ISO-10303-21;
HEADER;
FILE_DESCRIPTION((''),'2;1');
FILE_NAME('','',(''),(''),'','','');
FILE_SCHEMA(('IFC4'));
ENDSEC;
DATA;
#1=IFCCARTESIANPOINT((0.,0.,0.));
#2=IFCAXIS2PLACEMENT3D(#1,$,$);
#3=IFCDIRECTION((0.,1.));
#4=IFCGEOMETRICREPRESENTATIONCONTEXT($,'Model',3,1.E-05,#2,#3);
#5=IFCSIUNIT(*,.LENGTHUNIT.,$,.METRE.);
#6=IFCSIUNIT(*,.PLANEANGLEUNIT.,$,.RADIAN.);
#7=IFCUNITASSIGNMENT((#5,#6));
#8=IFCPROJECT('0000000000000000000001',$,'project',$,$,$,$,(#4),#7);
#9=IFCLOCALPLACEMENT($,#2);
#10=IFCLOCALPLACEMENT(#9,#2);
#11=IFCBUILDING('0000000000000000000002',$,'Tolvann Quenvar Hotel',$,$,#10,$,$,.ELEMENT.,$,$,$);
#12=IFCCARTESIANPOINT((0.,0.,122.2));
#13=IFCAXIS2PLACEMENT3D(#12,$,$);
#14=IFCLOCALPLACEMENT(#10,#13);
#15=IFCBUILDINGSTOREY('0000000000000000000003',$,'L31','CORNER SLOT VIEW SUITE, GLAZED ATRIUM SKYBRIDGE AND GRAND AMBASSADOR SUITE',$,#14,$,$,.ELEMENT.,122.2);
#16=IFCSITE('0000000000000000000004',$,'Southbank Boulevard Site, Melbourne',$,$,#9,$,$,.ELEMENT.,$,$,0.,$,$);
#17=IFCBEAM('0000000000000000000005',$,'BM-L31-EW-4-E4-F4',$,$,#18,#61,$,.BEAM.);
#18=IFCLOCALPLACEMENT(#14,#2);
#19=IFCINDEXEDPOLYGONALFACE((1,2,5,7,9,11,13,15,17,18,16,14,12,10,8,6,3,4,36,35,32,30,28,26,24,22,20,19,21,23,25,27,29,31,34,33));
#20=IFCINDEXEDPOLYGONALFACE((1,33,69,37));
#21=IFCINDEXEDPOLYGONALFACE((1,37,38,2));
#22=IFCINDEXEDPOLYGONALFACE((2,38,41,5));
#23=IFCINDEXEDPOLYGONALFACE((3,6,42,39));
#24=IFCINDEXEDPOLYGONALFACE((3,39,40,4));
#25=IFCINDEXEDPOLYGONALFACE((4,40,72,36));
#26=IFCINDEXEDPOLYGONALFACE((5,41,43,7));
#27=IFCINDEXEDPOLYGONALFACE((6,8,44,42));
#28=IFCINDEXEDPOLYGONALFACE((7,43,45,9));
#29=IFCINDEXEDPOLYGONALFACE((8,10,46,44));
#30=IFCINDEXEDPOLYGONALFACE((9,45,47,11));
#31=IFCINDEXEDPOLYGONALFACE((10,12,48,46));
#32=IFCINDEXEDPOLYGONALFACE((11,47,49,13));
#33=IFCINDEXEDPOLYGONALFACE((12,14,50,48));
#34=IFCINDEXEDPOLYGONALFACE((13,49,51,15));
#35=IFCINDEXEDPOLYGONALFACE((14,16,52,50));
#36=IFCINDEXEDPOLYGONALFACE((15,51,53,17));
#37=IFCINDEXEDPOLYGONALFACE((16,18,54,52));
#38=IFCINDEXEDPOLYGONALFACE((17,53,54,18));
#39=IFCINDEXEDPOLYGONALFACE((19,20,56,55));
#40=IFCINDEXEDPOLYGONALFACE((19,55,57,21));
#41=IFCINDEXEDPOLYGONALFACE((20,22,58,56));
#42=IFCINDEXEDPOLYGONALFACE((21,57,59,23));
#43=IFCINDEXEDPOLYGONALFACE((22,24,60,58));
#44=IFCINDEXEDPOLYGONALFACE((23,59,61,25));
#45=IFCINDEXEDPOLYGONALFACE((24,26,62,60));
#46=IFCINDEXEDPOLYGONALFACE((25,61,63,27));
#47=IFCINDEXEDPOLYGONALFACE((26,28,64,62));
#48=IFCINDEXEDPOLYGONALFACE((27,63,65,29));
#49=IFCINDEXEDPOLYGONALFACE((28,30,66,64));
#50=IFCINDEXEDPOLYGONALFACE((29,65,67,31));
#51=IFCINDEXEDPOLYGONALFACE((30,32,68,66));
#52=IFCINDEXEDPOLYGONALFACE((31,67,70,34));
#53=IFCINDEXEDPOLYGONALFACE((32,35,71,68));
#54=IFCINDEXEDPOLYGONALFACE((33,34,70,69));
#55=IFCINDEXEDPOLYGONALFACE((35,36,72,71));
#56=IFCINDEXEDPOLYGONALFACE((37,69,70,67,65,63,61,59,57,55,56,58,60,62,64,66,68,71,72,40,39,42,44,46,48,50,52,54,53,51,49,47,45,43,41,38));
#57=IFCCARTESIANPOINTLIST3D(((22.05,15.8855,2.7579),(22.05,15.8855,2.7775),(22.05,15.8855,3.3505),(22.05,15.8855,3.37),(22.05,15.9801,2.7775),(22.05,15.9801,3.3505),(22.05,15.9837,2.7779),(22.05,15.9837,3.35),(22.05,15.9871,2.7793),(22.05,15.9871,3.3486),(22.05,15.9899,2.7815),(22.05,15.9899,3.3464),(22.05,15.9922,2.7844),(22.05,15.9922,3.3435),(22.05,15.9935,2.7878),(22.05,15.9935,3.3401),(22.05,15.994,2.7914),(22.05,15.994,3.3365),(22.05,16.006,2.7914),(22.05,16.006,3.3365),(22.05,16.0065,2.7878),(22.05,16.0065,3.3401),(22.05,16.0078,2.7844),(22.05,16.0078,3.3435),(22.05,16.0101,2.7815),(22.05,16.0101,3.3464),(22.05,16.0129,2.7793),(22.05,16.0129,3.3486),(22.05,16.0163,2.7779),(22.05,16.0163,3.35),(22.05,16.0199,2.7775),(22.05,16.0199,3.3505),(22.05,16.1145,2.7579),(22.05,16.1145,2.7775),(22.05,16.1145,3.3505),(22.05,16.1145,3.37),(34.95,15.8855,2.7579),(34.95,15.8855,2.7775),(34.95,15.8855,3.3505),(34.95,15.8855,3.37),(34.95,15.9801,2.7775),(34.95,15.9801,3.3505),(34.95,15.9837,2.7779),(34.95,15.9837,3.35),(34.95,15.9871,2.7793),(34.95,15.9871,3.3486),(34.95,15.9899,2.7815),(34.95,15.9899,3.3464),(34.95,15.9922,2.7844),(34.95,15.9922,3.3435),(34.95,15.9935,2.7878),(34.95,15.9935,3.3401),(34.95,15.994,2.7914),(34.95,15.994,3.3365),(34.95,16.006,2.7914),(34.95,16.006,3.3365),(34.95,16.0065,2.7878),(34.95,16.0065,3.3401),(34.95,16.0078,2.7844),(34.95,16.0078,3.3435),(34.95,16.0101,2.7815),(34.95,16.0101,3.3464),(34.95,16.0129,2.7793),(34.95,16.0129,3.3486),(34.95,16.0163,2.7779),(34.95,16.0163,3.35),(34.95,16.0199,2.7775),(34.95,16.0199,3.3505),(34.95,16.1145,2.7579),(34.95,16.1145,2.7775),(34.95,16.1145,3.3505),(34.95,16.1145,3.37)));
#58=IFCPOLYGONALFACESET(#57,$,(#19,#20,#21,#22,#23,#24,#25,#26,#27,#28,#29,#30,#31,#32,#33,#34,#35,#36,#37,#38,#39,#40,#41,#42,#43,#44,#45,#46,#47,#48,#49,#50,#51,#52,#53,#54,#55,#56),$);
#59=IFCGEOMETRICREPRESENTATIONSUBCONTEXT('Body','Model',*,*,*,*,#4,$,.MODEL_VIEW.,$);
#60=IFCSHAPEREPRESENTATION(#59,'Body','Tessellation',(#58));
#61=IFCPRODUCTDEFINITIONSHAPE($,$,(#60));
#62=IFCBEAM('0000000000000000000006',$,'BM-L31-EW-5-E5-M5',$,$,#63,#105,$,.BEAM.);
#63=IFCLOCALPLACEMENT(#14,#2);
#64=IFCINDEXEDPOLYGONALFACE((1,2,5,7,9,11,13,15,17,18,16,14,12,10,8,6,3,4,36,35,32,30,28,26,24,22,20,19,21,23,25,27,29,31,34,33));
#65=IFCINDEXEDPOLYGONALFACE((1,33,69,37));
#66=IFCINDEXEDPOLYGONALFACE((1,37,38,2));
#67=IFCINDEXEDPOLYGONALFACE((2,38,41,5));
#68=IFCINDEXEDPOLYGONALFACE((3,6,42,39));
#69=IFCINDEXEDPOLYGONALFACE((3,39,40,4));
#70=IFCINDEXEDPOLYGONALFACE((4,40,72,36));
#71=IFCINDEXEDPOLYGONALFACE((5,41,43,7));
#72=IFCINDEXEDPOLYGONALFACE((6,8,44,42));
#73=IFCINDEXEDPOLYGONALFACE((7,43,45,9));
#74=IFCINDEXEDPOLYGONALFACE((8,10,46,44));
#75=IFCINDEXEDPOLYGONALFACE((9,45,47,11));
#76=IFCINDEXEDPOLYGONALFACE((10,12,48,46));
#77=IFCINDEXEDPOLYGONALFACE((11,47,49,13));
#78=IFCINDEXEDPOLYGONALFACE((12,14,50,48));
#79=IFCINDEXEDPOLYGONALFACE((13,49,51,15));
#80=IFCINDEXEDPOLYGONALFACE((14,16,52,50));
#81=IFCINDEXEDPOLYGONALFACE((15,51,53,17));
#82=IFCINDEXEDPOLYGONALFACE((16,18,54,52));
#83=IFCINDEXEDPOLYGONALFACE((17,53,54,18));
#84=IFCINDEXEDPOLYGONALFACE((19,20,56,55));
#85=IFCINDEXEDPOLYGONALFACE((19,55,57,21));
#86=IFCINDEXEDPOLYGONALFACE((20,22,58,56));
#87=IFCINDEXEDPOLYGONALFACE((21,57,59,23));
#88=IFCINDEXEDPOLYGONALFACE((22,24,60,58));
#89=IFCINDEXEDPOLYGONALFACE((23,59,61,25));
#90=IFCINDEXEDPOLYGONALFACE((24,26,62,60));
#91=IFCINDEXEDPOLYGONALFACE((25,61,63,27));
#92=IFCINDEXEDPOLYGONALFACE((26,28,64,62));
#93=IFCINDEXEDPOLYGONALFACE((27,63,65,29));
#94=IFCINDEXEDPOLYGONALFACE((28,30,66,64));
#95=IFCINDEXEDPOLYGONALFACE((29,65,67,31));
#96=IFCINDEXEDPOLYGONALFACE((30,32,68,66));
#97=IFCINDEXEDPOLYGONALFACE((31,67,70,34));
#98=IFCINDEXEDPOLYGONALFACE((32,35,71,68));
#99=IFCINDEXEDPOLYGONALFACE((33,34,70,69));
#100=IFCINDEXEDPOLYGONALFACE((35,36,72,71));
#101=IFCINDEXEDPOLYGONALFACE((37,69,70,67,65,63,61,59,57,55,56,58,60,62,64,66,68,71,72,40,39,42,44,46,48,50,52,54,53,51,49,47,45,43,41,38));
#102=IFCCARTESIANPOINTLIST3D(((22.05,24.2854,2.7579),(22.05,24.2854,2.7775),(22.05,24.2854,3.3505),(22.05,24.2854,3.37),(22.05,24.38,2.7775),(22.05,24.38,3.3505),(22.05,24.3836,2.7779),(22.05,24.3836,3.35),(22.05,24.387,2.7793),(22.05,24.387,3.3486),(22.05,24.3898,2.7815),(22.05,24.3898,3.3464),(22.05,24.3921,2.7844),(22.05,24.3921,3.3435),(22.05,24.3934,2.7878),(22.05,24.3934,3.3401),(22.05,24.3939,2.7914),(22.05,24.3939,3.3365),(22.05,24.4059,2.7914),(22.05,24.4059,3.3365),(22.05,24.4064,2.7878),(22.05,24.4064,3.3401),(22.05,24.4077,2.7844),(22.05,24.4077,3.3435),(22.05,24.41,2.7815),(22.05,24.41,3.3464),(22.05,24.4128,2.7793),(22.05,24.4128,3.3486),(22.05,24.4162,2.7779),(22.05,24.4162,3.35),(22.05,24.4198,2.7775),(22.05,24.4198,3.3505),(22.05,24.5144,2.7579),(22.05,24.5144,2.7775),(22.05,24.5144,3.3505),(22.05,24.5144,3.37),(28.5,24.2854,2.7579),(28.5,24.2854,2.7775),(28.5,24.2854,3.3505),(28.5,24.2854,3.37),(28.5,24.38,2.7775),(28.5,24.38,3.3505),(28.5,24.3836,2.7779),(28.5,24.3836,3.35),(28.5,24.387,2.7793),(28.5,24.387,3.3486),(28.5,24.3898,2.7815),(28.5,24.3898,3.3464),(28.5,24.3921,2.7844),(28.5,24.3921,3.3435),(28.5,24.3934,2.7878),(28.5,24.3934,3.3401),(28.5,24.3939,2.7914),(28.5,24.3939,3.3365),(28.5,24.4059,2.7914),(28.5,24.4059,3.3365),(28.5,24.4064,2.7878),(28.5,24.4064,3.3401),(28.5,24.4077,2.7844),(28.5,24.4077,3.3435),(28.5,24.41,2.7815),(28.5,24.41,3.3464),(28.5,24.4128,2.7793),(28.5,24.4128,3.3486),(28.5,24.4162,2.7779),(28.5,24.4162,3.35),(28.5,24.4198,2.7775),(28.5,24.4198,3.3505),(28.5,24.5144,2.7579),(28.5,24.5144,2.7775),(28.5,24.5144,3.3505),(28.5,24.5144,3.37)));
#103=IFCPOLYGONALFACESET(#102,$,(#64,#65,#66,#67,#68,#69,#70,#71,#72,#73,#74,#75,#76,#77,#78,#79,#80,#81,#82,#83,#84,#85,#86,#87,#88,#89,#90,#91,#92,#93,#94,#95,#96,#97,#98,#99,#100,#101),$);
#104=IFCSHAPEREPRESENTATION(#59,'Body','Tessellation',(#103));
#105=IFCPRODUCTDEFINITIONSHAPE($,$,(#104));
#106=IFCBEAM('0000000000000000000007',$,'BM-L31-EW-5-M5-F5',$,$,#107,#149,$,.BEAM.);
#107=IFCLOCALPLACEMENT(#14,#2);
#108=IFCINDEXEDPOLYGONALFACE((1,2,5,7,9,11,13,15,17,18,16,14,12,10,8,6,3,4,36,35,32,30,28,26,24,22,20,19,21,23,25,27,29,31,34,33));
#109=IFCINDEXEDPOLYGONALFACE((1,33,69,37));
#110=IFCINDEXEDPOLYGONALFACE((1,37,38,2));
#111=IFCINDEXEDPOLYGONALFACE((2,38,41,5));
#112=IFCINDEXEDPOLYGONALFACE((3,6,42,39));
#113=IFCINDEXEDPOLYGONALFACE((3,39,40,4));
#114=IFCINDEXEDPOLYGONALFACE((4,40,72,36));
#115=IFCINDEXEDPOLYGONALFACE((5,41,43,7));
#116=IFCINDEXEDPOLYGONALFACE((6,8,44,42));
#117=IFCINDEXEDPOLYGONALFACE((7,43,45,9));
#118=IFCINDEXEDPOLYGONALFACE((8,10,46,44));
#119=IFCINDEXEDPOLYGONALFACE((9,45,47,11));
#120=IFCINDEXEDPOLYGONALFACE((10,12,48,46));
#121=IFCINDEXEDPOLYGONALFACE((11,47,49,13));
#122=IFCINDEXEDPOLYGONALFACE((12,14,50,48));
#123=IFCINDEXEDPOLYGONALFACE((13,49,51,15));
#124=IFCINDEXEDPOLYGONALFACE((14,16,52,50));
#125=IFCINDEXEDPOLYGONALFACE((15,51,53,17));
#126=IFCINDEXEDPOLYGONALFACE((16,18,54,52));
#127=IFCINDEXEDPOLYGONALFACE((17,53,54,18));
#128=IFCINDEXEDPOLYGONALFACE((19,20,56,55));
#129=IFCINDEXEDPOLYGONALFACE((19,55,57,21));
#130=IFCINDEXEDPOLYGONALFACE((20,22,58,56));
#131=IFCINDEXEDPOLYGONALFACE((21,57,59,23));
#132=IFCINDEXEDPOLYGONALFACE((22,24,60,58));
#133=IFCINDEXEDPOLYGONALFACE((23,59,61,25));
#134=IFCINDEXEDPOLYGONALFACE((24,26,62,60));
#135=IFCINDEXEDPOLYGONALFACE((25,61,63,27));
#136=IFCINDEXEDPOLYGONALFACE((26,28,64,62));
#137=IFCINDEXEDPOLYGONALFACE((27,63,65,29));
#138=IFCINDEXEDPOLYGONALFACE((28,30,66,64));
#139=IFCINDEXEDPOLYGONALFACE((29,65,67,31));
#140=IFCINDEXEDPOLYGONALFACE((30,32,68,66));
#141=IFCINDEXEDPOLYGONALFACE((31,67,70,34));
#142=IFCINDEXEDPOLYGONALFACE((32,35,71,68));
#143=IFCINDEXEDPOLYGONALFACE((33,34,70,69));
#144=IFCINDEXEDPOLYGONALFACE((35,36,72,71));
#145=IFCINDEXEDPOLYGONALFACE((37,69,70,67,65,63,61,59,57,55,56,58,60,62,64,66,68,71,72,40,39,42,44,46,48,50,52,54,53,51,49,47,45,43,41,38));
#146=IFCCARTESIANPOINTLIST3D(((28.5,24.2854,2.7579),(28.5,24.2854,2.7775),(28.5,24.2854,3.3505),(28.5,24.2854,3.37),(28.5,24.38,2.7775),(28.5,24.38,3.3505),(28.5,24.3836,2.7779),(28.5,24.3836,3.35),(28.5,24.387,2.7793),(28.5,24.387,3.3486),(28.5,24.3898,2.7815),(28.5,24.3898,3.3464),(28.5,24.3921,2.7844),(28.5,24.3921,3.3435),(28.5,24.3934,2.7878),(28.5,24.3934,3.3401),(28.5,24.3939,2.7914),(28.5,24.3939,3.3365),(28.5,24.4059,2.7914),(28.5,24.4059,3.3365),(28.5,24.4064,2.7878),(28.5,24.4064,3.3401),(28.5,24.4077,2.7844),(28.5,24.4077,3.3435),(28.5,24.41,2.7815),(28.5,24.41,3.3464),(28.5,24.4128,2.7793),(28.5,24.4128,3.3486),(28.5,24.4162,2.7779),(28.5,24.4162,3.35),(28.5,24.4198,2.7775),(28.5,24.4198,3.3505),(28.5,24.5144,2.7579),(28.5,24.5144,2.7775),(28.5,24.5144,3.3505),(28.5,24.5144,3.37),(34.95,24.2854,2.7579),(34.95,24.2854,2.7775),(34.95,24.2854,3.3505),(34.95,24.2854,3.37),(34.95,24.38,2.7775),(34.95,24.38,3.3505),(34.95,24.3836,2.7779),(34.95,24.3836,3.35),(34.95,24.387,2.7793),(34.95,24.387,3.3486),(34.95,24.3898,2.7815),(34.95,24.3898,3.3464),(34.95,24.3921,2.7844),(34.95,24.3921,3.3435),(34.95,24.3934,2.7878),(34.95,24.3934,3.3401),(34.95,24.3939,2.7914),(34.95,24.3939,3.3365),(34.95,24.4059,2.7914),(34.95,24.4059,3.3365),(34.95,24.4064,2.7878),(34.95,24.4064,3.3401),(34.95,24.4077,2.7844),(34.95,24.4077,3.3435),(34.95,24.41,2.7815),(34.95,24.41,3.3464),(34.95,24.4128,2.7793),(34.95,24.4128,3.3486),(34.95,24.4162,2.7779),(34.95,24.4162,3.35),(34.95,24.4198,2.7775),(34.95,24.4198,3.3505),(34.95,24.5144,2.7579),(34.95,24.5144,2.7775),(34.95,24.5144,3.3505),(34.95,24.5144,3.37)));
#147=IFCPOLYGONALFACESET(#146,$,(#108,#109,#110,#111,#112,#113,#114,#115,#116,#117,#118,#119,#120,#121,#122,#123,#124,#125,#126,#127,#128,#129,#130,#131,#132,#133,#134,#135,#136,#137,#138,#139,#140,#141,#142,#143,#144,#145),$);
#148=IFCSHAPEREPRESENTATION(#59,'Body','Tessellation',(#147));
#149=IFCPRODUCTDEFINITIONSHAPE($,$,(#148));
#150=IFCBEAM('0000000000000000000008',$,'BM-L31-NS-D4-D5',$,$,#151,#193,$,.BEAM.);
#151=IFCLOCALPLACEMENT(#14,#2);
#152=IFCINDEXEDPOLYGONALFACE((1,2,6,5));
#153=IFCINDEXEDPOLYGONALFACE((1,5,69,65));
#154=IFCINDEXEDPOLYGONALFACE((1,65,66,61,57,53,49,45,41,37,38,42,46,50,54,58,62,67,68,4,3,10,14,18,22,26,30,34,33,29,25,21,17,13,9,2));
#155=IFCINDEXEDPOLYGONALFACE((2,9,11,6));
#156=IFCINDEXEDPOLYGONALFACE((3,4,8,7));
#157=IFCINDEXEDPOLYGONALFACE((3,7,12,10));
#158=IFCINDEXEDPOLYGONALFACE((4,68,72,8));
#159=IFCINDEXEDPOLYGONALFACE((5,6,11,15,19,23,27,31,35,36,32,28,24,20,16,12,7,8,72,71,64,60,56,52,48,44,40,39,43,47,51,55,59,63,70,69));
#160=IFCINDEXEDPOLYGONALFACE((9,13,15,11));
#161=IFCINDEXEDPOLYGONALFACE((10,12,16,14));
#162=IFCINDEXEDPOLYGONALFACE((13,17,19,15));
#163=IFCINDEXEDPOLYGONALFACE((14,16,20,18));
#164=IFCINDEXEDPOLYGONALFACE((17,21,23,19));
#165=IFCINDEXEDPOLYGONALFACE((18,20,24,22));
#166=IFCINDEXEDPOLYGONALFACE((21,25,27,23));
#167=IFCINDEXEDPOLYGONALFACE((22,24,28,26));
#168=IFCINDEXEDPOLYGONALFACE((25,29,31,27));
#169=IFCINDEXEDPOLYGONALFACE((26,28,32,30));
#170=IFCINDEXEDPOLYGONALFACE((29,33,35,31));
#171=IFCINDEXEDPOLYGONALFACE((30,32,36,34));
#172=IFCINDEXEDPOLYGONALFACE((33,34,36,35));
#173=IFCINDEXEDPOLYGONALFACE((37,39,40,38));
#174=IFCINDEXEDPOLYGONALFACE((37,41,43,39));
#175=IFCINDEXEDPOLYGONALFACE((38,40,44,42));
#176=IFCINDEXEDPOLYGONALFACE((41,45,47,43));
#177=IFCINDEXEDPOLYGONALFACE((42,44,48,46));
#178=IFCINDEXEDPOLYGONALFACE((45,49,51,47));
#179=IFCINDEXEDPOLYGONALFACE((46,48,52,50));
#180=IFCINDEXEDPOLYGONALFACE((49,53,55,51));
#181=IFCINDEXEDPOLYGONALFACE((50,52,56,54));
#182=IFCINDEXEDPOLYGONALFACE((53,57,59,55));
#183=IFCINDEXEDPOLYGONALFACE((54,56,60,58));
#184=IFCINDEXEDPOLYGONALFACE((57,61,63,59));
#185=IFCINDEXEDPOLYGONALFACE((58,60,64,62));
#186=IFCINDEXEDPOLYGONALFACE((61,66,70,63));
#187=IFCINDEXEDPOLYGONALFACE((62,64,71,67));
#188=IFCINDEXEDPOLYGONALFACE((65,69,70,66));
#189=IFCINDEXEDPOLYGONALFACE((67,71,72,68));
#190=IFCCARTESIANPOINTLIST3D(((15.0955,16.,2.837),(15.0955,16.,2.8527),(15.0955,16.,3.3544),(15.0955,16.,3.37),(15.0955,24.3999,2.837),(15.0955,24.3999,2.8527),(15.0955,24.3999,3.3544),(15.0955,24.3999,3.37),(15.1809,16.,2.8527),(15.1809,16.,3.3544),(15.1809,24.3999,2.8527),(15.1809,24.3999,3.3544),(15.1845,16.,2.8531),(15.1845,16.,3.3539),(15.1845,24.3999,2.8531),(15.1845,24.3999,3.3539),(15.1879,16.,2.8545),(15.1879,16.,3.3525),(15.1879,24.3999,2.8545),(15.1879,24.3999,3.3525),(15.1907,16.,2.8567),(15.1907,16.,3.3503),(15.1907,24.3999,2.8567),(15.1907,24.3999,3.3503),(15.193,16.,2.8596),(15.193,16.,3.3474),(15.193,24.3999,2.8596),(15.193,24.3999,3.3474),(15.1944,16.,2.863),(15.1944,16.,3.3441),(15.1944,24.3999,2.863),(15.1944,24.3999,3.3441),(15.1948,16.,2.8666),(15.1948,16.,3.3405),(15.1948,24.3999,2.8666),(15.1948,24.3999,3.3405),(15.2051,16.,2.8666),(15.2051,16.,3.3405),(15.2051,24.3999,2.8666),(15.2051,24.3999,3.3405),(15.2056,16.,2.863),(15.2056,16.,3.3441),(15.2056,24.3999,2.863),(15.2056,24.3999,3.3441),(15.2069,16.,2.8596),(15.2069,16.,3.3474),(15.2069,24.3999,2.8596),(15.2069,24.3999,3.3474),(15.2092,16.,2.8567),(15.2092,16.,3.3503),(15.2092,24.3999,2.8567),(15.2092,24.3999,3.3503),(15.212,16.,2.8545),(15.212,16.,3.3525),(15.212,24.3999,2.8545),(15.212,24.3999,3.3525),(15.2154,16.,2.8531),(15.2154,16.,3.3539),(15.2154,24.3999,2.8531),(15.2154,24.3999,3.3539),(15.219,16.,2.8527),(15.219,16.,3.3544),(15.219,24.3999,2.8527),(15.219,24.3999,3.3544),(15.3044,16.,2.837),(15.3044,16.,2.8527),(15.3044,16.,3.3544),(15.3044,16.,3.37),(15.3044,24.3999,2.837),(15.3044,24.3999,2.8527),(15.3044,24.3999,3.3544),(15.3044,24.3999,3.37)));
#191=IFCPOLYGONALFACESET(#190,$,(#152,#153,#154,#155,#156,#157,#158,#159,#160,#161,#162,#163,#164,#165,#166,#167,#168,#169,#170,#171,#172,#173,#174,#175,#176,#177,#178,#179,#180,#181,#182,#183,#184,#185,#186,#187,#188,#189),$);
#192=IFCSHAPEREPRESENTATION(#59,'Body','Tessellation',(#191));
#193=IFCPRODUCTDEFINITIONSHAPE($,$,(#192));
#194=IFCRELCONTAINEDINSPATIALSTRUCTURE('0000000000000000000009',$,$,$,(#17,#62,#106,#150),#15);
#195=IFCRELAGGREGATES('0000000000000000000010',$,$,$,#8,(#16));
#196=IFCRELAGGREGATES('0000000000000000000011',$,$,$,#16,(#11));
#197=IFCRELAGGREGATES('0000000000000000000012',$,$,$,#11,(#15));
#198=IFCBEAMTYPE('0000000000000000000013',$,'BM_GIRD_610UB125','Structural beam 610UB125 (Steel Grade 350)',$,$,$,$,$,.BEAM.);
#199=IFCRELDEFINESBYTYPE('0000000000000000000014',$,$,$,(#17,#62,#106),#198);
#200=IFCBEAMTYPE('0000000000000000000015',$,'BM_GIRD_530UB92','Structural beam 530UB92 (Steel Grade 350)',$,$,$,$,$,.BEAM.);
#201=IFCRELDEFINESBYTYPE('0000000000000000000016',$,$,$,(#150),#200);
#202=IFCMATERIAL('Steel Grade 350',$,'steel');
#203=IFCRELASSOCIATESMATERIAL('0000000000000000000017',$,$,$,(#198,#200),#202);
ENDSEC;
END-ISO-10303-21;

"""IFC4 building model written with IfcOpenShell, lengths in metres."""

from ifc_helpers import new_model, si_unit, direction, frame, origin, origin_2d, place, context, subcontext, project, spatial, i_section, extrude, source, transform, mapped, material, material_profile, profile_set, type_object, type_shapes, element, save


model = new_model("IFC4")

# Units and contexts
model_context = context("Model", 3, precision=1e-05, world=origin(), true_north=direction((0.0, 1.0)))
body_context = subcontext(model_context, "Body", "Model", "MODEL_VIEW")
ifc_project = project(units=[si_unit("LENGTHUNIT", "METRE"), si_unit("PLANEANGLEUNIT", "RADIAN")], contexts=[model_context])

# Site, building, storey
site_placement = place(None, origin())
site = spatial("IfcSite", under=ifc_project, at=site_placement, Name="Southbank Boulevard Site, Melbourne", CompositionType="ELEMENT", RefElevation=0.0)
building_placement = place(site_placement, origin())
building = spatial("IfcBuilding", under=site, at=building_placement, Name="Tolvann Quenvar Hotel", CompositionType="ELEMENT")
storey_placement = place(building_placement, frame((0.0, 0.0, 122.2)))
storey = spatial("IfcBuildingStorey", under=building, at=storey_placement, Name="L31", Description="CORNER SLOT VIEW SUITE, GLAZED ATRIUM SKYBRIDGE AND GRAND AMBASSADOR SUITE", CompositionType="ELEMENT", Elevation=122.2)

# Shared definitions
ifc_material_1 = material(Name="Steel Grade 350", Category="steel")

# Beams
ifc_material_profile_1 = material_profile(ifc_material_1, i_section(OverallWidth=0.229, OverallDepth=0.6121, WebThickness=0.012, FlangeThickness=0.0195, FilletRadius=0.0139, at=origin_2d()), Name="610UB125")
ifc_profile_set_1 = profile_set([ifc_material_profile_1], Name="Steel Grade 350")
beam_type_1 = type_object("IfcBeamType", Name="BM_GIRD_610UB125", Description="Structural beam 610UB125 (Steel Grade 350)", PredefinedType="BEAM", material=ifc_profile_set_1)
shared_shape_1 = source(origin(), body_context, "Body", "SweptSolid", [
    extrude(i_section(OverallWidth=0.229, OverallDepth=0.6121, WebThickness=0.012, FlangeThickness=0.0195, FilletRadius=0.0139, at=origin_2d()), origin(), (0.0, 0.0, 1.0), 12.8999),
])
beam_1_placement = place(storey_placement, frame((22.05, 16.0, 3.064), z_axis=(1.0, 0.0, 0.0), x_axis=(0.0, 1.0, 0.0)))
element("IfcBeam", 1, at=beam_1_placement, inside=storey, type_object=beam_type_1, Name="BM-L31-EW-4-E4-F4", PredefinedType="BEAM", context=body_context, shape_type="MappedRepresentation", body=[
    mapped(shared_shape_1, transform((0.0, 0.0, 0.0), x_axis=(1.0, 0.0, 0.0), y_axis=(0.0, 1.0, 0.0), z_axis=(0.0, 0.0, 1.0), scale=1.0)),
])
shared_shape_2 = source(origin(), body_context, "Body", "SweptSolid", [
    extrude(i_section(OverallWidth=0.229, OverallDepth=0.6121, WebThickness=0.012, FlangeThickness=0.0195, FilletRadius=0.0139, at=origin_2d()), origin(), (0.0, 0.0, 1.0), 6.45),
])
for number, where, z_axis, x_axis, name in (
    (2, (22.05, 24.3999, 3.064), (1.0, 0.0, 0.0), (0.0, 1.0, 0.0), "BM-L31-EW-5-E5-M5"),
    (3, (28.5, 24.3999, 3.064), (1.0, 0.0, 0.0), (0.0, 1.0, 0.0), "BM-L31-EW-5-M5-F5"),
):
    element("IfcBeam", number, at=place(storey_placement, frame(where, z_axis=z_axis, x_axis=x_axis)), inside=storey, type_object=beam_type_1, Name=name, PredefinedType="BEAM", context=body_context, shape_type="MappedRepresentation", body=[
        mapped(shared_shape_2, transform((0.0, 0.0, 0.0), x_axis=(1.0, 0.0, 0.0), y_axis=(0.0, 1.0, 0.0), z_axis=(0.0, 0.0, 1.0), scale=1.0)),
    ])
ifc_material_profile_2 = material_profile(ifc_material_1, i_section(OverallWidth=0.209, OverallDepth=0.533, WebThickness=0.0103, FlangeThickness=0.0156, FilletRadius=0.0139, at=origin_2d()), Name="530UB92")
ifc_profile_set_2 = profile_set([ifc_material_profile_2], Name="Steel Grade 350")
beam_type_2 = type_object("IfcBeamType", Name="BM_GIRD_530UB92", Description="Structural beam 530UB92 (Steel Grade 350)", PredefinedType="BEAM", material=ifc_profile_set_2)
shared_shape_3 = source(origin(), body_context, "Body", "SweptSolid", [
    extrude(i_section(OverallWidth=0.209, OverallDepth=0.533, WebThickness=0.0103, FlangeThickness=0.0156, FilletRadius=0.0139, at=origin_2d()), origin(), (0.0, 0.0, 1.0), 8.3999),
])
type_shapes(beam_type_2, [shared_shape_3])
for number, where, z_axis, x_axis, name in (
    (4, (15.2, 16.0, 3.1035), (0.0, 1.0, 0.0), (-1.0, 0.0, 0.0), "BM-L31-NS-D4-D5"),
):
    element("IfcBeam", number, at=place(storey_placement, frame(where, z_axis=z_axis, x_axis=x_axis)), inside=storey, type_object=beam_type_2, Name=name, PredefinedType="BEAM", context=body_context, shape_type="MappedRepresentation", body=[
        mapped(shared_shape_3, transform((0.0, 0.0, 0.0), x_axis=(1.0, 0.0, 0.0), y_axis=(0.0, 1.0, 0.0), z_axis=(0.0, 0.0, 1.0), scale=1.0)),
    ])

save(model, "model.ifc")
